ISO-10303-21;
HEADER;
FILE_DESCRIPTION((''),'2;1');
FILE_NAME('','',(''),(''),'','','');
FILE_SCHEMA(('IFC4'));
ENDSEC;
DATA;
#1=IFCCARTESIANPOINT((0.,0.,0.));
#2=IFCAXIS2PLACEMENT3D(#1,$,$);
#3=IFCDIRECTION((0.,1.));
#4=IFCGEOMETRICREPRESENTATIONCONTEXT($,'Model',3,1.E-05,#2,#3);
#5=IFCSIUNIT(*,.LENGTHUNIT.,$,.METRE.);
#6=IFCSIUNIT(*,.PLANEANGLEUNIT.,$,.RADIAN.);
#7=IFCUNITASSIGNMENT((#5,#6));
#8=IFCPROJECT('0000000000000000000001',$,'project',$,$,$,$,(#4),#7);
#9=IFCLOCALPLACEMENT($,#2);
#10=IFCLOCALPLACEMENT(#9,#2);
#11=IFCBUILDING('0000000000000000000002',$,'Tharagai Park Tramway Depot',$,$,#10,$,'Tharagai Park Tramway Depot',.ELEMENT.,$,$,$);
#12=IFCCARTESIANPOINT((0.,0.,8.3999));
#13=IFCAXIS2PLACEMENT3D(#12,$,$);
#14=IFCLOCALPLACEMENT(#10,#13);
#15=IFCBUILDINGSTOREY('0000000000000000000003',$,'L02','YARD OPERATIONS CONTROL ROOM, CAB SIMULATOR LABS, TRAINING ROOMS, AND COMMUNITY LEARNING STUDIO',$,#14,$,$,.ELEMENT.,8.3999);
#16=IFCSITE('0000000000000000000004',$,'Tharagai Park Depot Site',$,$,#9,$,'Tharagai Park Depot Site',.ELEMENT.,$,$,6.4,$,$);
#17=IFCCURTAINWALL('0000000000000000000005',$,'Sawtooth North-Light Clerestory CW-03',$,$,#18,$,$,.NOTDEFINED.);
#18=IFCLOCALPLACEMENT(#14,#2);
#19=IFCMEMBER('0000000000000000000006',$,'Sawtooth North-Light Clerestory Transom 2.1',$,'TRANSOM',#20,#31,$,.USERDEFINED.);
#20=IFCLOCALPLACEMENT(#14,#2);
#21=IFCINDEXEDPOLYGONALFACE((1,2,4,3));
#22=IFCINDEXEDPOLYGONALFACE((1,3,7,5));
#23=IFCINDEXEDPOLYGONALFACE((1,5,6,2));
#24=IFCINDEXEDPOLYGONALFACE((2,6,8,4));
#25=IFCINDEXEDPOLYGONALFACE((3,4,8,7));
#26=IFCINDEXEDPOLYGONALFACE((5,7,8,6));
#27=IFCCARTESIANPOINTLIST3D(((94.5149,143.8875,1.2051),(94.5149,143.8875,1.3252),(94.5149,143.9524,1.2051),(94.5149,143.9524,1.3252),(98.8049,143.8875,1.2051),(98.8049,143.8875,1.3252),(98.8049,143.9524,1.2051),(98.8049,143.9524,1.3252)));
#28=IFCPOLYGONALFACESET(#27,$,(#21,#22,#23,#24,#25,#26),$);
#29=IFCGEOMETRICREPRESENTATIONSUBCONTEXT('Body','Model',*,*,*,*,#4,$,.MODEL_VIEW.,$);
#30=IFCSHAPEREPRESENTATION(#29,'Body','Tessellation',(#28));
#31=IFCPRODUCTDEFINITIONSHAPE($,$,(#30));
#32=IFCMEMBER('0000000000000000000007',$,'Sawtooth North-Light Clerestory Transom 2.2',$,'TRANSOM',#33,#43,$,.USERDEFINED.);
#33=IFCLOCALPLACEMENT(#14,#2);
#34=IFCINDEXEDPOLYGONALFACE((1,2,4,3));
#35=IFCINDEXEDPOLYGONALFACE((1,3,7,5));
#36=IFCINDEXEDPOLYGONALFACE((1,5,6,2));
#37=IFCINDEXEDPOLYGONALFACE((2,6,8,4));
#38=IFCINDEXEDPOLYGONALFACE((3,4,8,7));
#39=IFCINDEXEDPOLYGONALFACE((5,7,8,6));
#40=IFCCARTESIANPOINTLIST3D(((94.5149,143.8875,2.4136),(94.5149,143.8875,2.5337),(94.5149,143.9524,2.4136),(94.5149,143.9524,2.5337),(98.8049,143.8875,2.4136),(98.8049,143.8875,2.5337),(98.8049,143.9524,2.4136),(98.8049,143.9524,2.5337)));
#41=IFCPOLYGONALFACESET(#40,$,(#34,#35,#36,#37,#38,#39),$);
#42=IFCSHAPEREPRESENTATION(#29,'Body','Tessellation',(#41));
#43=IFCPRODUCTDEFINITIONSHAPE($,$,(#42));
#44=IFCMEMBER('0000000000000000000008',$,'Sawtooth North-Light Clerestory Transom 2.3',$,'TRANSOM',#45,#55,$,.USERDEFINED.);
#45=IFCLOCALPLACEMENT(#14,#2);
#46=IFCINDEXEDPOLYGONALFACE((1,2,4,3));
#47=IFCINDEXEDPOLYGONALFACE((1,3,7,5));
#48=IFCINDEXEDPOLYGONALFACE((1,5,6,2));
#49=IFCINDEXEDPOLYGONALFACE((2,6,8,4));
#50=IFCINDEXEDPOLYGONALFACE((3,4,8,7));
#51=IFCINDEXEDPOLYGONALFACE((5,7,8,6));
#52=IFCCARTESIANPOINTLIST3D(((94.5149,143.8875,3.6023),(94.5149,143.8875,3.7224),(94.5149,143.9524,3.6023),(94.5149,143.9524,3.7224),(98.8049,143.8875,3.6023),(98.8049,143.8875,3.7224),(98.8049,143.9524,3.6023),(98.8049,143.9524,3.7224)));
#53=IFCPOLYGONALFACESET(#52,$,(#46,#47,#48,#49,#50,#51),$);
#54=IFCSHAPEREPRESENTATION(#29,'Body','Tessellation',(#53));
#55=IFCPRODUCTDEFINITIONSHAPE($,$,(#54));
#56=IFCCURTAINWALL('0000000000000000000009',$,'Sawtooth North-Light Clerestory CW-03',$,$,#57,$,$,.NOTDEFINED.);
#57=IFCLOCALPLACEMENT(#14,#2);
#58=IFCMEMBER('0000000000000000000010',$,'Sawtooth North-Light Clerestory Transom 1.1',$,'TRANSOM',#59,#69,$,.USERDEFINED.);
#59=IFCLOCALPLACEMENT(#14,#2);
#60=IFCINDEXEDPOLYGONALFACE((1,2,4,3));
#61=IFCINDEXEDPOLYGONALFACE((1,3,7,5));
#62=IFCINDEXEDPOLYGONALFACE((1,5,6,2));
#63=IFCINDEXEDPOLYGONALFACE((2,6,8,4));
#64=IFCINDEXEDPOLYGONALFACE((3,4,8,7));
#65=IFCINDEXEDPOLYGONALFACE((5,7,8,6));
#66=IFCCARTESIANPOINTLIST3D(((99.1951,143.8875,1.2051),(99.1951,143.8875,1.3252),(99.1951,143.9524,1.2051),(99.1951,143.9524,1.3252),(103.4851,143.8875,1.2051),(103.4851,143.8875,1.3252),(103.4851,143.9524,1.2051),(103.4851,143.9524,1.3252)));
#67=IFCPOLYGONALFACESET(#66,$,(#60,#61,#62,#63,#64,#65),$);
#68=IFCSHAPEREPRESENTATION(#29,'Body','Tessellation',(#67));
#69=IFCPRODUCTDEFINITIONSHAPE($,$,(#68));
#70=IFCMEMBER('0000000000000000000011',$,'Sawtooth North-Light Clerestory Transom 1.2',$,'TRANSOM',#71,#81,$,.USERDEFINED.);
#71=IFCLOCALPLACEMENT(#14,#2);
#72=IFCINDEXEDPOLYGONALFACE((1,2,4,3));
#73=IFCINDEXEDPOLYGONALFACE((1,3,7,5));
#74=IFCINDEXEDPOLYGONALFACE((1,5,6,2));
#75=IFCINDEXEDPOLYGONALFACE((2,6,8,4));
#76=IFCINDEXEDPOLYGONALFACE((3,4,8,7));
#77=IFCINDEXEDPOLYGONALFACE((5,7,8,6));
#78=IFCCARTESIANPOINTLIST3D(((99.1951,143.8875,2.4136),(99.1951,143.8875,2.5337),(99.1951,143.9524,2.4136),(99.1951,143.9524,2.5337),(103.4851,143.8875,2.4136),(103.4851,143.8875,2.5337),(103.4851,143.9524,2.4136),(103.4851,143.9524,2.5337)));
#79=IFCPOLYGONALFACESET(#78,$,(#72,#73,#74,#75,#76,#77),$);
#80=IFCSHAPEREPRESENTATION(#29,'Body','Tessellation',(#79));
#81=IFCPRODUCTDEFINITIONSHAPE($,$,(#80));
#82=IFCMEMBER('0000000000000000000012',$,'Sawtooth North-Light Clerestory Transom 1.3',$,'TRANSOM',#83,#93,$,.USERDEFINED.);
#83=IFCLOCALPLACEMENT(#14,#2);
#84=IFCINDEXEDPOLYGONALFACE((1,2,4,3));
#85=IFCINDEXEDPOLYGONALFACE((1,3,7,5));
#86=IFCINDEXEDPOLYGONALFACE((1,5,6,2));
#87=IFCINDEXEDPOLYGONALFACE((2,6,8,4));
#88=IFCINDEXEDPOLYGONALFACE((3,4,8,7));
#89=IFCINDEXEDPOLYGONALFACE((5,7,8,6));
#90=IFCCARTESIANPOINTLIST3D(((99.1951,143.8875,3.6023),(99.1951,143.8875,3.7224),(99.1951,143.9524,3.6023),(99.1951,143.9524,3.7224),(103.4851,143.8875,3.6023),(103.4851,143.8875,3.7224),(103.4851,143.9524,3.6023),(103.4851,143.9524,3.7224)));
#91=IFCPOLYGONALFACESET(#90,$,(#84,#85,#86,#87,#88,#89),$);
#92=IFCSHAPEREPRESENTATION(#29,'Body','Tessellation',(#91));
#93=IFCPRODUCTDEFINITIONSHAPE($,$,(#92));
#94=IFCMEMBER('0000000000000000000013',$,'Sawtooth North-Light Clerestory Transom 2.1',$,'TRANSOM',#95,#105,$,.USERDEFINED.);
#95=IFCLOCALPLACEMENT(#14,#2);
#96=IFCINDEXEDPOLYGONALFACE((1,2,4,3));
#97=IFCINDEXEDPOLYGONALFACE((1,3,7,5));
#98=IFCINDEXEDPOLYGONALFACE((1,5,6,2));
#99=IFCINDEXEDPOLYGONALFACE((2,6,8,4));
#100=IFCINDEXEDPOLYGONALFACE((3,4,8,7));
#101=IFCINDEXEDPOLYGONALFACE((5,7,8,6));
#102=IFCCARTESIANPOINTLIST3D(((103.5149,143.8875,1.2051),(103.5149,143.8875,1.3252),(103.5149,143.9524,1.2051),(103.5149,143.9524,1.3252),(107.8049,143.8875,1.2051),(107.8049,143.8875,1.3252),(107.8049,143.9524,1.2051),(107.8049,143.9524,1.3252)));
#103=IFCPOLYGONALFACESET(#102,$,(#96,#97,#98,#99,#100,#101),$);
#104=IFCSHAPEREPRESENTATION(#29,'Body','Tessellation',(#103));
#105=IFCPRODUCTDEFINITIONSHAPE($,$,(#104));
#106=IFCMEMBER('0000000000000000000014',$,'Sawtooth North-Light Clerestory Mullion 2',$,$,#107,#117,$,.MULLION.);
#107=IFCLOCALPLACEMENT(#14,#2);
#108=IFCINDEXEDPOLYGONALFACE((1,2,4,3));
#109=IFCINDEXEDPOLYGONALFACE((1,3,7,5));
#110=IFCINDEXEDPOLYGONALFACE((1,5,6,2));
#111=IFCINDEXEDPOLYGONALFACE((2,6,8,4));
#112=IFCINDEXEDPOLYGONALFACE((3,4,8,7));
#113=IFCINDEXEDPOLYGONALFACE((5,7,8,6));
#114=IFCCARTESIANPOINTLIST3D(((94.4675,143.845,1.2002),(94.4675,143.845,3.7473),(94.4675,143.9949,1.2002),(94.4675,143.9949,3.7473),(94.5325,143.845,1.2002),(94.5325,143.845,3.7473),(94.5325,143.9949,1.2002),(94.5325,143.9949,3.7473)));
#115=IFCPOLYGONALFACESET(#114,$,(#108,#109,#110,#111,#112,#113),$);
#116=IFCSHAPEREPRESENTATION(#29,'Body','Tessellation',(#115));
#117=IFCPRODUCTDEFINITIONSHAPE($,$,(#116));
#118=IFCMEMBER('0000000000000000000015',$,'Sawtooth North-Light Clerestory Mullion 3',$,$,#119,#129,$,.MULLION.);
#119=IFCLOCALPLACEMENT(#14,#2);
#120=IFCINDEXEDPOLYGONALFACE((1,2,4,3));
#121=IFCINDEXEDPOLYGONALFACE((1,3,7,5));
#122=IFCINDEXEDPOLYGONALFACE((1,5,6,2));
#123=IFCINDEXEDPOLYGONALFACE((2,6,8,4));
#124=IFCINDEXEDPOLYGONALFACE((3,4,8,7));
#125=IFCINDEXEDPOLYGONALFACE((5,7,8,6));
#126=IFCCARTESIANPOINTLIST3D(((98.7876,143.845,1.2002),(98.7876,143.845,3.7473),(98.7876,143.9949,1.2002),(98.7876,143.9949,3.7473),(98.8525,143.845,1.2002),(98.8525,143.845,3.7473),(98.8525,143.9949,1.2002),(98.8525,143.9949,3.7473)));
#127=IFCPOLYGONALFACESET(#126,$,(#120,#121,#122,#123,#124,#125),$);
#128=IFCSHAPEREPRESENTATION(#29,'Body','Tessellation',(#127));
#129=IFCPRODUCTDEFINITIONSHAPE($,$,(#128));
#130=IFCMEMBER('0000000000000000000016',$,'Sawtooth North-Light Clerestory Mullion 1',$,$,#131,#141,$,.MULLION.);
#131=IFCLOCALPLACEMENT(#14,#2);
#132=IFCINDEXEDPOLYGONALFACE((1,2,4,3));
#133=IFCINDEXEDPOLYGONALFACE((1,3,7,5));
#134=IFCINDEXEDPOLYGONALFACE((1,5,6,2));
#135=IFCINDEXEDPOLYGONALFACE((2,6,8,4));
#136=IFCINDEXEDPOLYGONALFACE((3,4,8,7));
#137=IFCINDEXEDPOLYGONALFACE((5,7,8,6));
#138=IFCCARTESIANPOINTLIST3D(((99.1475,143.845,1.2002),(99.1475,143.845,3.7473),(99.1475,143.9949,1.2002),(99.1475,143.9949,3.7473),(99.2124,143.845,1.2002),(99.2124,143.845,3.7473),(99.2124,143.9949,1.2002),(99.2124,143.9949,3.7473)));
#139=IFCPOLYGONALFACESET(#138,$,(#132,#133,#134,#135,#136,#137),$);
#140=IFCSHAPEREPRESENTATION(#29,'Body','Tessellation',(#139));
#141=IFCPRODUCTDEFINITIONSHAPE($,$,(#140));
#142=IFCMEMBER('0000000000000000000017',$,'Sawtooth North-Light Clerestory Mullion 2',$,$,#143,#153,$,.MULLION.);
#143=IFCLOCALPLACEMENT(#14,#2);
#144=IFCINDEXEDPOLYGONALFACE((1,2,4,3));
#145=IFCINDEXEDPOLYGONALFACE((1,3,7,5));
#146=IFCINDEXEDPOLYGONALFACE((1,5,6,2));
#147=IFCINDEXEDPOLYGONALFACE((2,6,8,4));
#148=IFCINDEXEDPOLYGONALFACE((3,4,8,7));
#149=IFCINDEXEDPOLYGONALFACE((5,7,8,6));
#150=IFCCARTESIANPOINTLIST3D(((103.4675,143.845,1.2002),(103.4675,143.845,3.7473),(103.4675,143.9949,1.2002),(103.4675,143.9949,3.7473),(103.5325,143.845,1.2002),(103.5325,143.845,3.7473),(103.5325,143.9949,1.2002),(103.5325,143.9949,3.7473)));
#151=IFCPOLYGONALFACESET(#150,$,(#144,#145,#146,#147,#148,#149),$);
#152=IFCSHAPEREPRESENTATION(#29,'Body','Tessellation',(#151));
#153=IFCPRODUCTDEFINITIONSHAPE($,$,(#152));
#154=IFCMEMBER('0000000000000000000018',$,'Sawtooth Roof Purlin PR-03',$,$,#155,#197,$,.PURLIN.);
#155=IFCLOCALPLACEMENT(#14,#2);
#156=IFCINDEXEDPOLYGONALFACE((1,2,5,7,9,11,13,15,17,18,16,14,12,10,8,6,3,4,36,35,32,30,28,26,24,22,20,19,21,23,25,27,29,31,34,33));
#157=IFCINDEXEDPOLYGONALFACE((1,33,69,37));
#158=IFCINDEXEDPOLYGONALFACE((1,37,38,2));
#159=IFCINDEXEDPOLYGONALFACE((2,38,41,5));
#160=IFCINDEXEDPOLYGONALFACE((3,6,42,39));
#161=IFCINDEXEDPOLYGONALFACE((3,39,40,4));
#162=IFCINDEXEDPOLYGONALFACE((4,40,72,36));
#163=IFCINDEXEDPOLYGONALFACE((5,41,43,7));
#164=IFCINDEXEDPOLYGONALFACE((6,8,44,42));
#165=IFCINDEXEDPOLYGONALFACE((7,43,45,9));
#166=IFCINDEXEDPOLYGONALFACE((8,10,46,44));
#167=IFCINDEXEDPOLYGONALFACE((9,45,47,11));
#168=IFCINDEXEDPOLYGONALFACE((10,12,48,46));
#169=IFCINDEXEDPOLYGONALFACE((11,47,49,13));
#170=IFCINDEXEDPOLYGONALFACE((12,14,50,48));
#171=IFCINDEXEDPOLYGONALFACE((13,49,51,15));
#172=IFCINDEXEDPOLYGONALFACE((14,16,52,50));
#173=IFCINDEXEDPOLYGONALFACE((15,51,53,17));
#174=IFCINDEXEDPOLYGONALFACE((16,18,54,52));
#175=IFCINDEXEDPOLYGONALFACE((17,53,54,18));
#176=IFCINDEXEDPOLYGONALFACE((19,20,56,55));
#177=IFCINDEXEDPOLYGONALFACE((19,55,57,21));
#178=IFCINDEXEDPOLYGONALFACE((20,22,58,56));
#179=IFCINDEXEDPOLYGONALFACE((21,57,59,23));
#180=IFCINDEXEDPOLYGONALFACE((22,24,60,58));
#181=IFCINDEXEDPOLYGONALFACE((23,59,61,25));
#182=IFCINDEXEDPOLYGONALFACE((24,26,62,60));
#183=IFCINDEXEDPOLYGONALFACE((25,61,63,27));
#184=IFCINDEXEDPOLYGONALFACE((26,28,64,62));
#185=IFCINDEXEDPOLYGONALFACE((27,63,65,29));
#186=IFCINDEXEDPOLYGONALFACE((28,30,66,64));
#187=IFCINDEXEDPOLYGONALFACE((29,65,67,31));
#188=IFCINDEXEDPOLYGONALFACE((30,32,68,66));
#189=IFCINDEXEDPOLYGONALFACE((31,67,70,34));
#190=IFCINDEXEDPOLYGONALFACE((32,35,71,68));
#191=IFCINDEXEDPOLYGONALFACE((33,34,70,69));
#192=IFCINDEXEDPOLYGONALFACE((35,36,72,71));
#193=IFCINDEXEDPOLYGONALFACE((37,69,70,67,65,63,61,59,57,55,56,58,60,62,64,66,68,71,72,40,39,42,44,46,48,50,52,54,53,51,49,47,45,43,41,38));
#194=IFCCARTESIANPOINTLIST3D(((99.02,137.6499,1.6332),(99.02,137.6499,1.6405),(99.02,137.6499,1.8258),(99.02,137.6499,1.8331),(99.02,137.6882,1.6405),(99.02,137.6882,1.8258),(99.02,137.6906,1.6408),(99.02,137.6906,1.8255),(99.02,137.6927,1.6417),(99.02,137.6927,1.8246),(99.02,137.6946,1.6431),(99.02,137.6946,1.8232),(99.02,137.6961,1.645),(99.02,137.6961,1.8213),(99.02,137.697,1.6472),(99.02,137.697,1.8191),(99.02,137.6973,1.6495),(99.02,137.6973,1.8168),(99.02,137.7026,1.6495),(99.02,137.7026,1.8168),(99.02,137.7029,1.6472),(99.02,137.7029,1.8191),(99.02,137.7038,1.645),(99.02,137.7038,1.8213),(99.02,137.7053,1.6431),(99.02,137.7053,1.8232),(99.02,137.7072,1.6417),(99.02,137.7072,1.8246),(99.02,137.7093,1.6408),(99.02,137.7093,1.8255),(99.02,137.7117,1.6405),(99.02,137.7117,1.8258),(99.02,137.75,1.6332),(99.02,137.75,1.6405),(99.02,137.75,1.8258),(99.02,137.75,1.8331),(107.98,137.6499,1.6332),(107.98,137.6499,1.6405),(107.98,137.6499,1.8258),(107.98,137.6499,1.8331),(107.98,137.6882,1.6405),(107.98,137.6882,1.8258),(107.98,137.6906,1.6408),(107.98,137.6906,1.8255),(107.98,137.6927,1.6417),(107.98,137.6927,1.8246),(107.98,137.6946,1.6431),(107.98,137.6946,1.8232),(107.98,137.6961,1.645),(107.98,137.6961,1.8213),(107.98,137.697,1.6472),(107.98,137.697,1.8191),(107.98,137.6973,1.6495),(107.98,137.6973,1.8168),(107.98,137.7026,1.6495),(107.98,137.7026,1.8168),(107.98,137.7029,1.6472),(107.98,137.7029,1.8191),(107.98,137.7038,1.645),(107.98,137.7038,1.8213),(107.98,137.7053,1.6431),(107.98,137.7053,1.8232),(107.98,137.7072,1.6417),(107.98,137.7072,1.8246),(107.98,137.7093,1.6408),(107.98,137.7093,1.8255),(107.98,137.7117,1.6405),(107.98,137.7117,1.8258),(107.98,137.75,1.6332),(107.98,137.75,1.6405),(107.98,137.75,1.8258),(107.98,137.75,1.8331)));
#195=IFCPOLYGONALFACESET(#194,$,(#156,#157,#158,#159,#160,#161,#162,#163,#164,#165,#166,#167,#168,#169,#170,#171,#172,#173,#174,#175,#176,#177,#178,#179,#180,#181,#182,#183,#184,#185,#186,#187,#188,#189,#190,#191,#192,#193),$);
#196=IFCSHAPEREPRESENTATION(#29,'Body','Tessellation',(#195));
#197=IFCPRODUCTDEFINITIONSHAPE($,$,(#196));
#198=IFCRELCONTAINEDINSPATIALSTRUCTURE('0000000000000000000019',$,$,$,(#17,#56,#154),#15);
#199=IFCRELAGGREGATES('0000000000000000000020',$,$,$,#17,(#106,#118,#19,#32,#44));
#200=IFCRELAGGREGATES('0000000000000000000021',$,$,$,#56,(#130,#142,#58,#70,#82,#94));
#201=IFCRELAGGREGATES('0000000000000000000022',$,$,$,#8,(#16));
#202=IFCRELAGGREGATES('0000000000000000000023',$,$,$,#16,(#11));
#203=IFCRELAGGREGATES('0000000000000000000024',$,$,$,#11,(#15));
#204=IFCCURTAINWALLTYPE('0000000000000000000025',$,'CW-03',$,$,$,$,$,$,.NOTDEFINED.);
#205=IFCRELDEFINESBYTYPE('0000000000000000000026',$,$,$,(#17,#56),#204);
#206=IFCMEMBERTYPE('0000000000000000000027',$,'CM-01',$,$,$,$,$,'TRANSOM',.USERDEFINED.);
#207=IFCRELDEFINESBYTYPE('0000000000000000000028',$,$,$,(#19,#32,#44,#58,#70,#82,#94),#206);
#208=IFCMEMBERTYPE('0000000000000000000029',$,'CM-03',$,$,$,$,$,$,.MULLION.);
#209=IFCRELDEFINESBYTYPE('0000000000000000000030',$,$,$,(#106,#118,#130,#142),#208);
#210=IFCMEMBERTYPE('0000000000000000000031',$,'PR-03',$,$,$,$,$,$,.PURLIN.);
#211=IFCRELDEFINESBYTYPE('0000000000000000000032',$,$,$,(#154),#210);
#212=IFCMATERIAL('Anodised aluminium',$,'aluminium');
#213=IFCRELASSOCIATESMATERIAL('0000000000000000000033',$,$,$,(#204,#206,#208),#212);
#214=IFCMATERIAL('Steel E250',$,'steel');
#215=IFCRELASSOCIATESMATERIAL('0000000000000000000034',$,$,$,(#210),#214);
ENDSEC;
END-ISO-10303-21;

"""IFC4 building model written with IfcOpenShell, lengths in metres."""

from ifc_helpers import new_model, si_unit, direction, frame, origin, origin_2d, place, context, subcontext, project, spatial, rectangle, i_section, extrude, material, material_profile, profile_set, type_object, element, aggregate, save


model = new_model("IFC4")

# Units and contexts
model_context = context("Model", 3, precision=1e-05, world=origin(), true_north=direction((0.0, 1.0)))
body_context = subcontext(model_context, "Body", "Model", "MODEL_VIEW")
ifc_project = project(units=[si_unit("LENGTHUNIT", "METRE"), si_unit("PLANEANGLEUNIT", "RADIAN")], contexts=[model_context])

# Site, building, storey
site_placement = place(None, origin())
site = spatial("IfcSite", under=ifc_project, at=site_placement, Name="Tharagai Park Depot Site", LongName="Tharagai Park Depot Site", CompositionType="ELEMENT", RefElevation=6.4)
building_placement = place(site_placement, origin())
building = spatial("IfcBuilding", under=site, at=building_placement, Name="Tharagai Park Tramway Depot", LongName="Tharagai Park Tramway Depot", CompositionType="ELEMENT")
storey_placement = place(building_placement, frame((0.0, 0.0, 8.3999)))
storey = spatial("IfcBuildingStorey", under=building, at=storey_placement, Name="L02", Description="YARD OPERATIONS CONTROL ROOM, CAB SIMULATOR LABS, TRAINING ROOMS, AND COMMUNITY LEARNING STUDIO", CompositionType="ELEMENT", Elevation=8.3999)

# Curtain walls, members
ifc_material_1 = material(Name="Anodised aluminium", Category="aluminium")
curtain_wall_type = type_object("IfcCurtainWallType", Name="CW-03", PredefinedType="NOTDEFINED", material=ifc_material_1)
curtain_wall_1_placement = place(storey_placement, origin())
curtain_wall_1 = element("IfcCurtainWall", 1, at=curtain_wall_1_placement, inside=storey, type_object=curtain_wall_type, Name="Sawtooth North-Light Clerestory CW-03", PredefinedType="NOTDEFINED")
ifc_material_profile_1 = material_profile(ifc_material_1, rectangle(XDim=0.0649, YDim=0.1201, at=origin_2d()), Name="ALU 65x120")
ifc_profile_set_1 = profile_set([ifc_material_profile_1], Name="Anodised aluminium")
member_type_1 = type_object("IfcMemberType", Name="CM-01", ElementType="TRANSOM", PredefinedType="USERDEFINED", material=ifc_profile_set_1)
member_1_placement = place(storey_placement, frame((94.5149, 143.9199, 1.2651), z_axis=(1.0, 0.0, 0.0), x_axis=(0.0, 1.0, 0.0)))
member_1 = element("IfcMember", 2, at=member_1_placement, type_object=member_type_1, Name="Sawtooth North-Light Clerestory Transom 2.1", ObjectType="TRANSOM", PredefinedType="USERDEFINED", context=body_context, shape_type="SweptSolid", body=[
    extrude(rectangle(XDim=0.0649, YDim=0.1201, at=origin_2d()), origin(), (0.0, 0.0, 1.0), 4.29),
])
member_2_placement = place(storey_placement, frame((94.5149, 143.9199, 2.4736), z_axis=(1.0, 0.0, 0.0), x_axis=(0.0, 1.0, 0.0)))
member_2 = element("IfcMember", 3, at=member_2_placement, type_object=member_type_1, Name="Sawtooth North-Light Clerestory Transom 2.2", ObjectType="TRANSOM", PredefinedType="USERDEFINED", context=body_context, shape_type="SweptSolid", body=[
    extrude(rectangle(XDim=0.0649, YDim=0.1201, at=origin_2d()), origin(), (0.0, 0.0, 1.0), 4.29),
])
member_3_placement = place(storey_placement, frame((94.5149, 143.9199, 3.6624), z_axis=(1.0, 0.0, 0.0), x_axis=(0.0, 1.0, 0.0)))
member_3 = element("IfcMember", 4, at=member_3_placement, type_object=member_type_1, Name="Sawtooth North-Light Clerestory Transom 2.3", ObjectType="TRANSOM", PredefinedType="USERDEFINED", context=body_context, shape_type="SweptSolid", body=[
    extrude(rectangle(XDim=0.0649, YDim=0.1201, at=origin_2d()), origin(), (0.0, 0.0, 1.0), 4.29),
])
curtain_wall_2_placement = place(storey_placement, origin())
curtain_wall_2 = element("IfcCurtainWall", 5, at=curtain_wall_2_placement, inside=storey, type_object=curtain_wall_type, Name="Sawtooth North-Light Clerestory CW-03", PredefinedType="NOTDEFINED")
member_4_placement = place(storey_placement, frame((99.1951, 143.9199, 1.2651), z_axis=(1.0, 0.0, 0.0), x_axis=(0.0, 1.0, 0.0)))
member_4 = element("IfcMember", 6, at=member_4_placement, type_object=member_type_1, Name="Sawtooth North-Light Clerestory Transom 1.1", ObjectType="TRANSOM", PredefinedType="USERDEFINED", context=body_context, shape_type="SweptSolid", body=[
    extrude(rectangle(XDim=0.0649, YDim=0.1201, at=origin_2d()), origin(), (0.0, 0.0, 1.0), 4.29),
])
member_5_placement = place(storey_placement, frame((99.1951, 143.9199, 2.4736), z_axis=(1.0, 0.0, 0.0), x_axis=(0.0, 1.0, 0.0)))
member_5 = element("IfcMember", 7, at=member_5_placement, type_object=member_type_1, Name="Sawtooth North-Light Clerestory Transom 1.2", ObjectType="TRANSOM", PredefinedType="USERDEFINED", context=body_context, shape_type="SweptSolid", body=[
    extrude(rectangle(XDim=0.0649, YDim=0.1201, at=origin_2d()), origin(), (0.0, 0.0, 1.0), 4.29),
])
member_6_placement = place(storey_placement, frame((99.1951, 143.9199, 3.6624), z_axis=(1.0, 0.0, 0.0), x_axis=(0.0, 1.0, 0.0)))
member_6 = element("IfcMember", 8, at=member_6_placement, type_object=member_type_1, Name="Sawtooth North-Light Clerestory Transom 1.3", ObjectType="TRANSOM", PredefinedType="USERDEFINED", context=body_context, shape_type="SweptSolid", body=[
    extrude(rectangle(XDim=0.0649, YDim=0.1201, at=origin_2d()), origin(), (0.0, 0.0, 1.0), 4.29),
])
member_7_placement = place(storey_placement, frame((103.5149, 143.9199, 1.2651), z_axis=(1.0, 0.0, 0.0), x_axis=(0.0, 1.0, 0.0)))
member_7 = element("IfcMember", 9, at=member_7_placement, type_object=member_type_1, Name="Sawtooth North-Light Clerestory Transom 2.1", ObjectType="TRANSOM", PredefinedType="USERDEFINED", context=body_context, shape_type="SweptSolid", body=[
    extrude(rectangle(XDim=0.0649, YDim=0.1201, at=origin_2d()), origin(), (0.0, 0.0, 1.0), 4.29),
])

# Members
ifc_material_profile_2 = material_profile(ifc_material_1, rectangle(XDim=0.0649, YDim=0.1499, at=origin_2d()), Name="ALU 65x150")
ifc_profile_set_2 = profile_set([ifc_material_profile_2], Name="Anodised aluminium")
member_type_2 = type_object("IfcMemberType", Name="CM-03", PredefinedType="MULLION", material=ifc_profile_set_2)
member_8_placement = place(storey_placement, frame((94.5, 143.9199, 1.2002), z_axis=(0.0, 0.0, 1.0), x_axis=(1.0, 0.0, 0.0)))
member_8 = element("IfcMember", 10, at=member_8_placement, type_object=member_type_2, Name="Sawtooth North-Light Clerestory Mullion 2", PredefinedType="MULLION", context=body_context, shape_type="SweptSolid", body=[
    extrude(rectangle(XDim=0.0649, YDim=0.1499, at=origin_2d()), origin(), (0.0, 0.0, 1.0), 2.5471),
])
member_9_placement = place(storey_placement, frame((98.8201, 143.9199, 1.2002), z_axis=(0.0, 0.0, 1.0), x_axis=(1.0, 0.0, 0.0)))
member_9 = element("IfcMember", 11, at=member_9_placement, type_object=member_type_2, Name="Sawtooth North-Light Clerestory Mullion 3", PredefinedType="MULLION", context=body_context, shape_type="SweptSolid", body=[
    extrude(rectangle(XDim=0.0649, YDim=0.1499, at=origin_2d()), origin(), (0.0, 0.0, 1.0), 2.5471),
])
member_10_placement = place(storey_placement, frame((99.1799, 143.9199, 1.2002), z_axis=(0.0, 0.0, 1.0), x_axis=(1.0, 0.0, 0.0)))
member_10 = element("IfcMember", 12, at=member_10_placement, type_object=member_type_2, Name="Sawtooth North-Light Clerestory Mullion 1", PredefinedType="MULLION", context=body_context, shape_type="SweptSolid", body=[
    extrude(rectangle(XDim=0.0649, YDim=0.1499, at=origin_2d()), origin(), (0.0, 0.0, 1.0), 2.5471),
])
member_11_placement = place(storey_placement, frame((103.5, 143.9199, 1.2002), z_axis=(0.0, 0.0, 1.0), x_axis=(1.0, 0.0, 0.0)))
member_11 = element("IfcMember", 13, at=member_11_placement, type_object=member_type_2, Name="Sawtooth North-Light Clerestory Mullion 2", PredefinedType="MULLION", context=body_context, shape_type="SweptSolid", body=[
    extrude(rectangle(XDim=0.0649, YDim=0.1499, at=origin_2d()), origin(), (0.0, 0.0, 1.0), 2.5471),
])

# Member
ifc_material_2 = material(Name="Steel E250", Category="steel")
ifc_material_profile_3 = material_profile(ifc_material_2, i_section(OverallWidth=0.1001, OverallDepth=0.2, WebThickness=0.0054, FlangeThickness=0.0073, FilletRadius=0.009, at=origin_2d()), Name="ISLB 200")
ifc_profile_set_3 = profile_set([ifc_material_profile_3], Name="Steel E250")
member_type_3 = type_object("IfcMemberType", Name="PR-03", PredefinedType="PURLIN", material=ifc_profile_set_3)
for number, where, z_axis, x_axis, name in (
    (14, (99.02, 137.7, 1.7332), (1.0, 0.0, 0.0), (0.0, 1.0, 0.0), "Sawtooth Roof Purlin PR-03"),
):
    element("IfcMember", number, at=place(storey_placement, frame(where, z_axis=z_axis, x_axis=x_axis)), inside=storey, type_object=member_type_3, Name=name, PredefinedType="PURLIN", context=body_context, shape_type="SweptSolid", body=[
        extrude(i_section(OverallWidth=0.1001, OverallDepth=0.2, WebThickness=0.0054, FlangeThickness=0.0073, FilletRadius=0.009, at=origin_2d()), origin(), (0.0, 0.0, 1.0), 8.96),
    ])

aggregate(curtain_wall_1, [member_8, member_9, member_1, member_2, member_3])
aggregate(curtain_wall_2, [member_10, member_11, member_4, member_5, member_6, member_7])

save(model, "model.ifc")
